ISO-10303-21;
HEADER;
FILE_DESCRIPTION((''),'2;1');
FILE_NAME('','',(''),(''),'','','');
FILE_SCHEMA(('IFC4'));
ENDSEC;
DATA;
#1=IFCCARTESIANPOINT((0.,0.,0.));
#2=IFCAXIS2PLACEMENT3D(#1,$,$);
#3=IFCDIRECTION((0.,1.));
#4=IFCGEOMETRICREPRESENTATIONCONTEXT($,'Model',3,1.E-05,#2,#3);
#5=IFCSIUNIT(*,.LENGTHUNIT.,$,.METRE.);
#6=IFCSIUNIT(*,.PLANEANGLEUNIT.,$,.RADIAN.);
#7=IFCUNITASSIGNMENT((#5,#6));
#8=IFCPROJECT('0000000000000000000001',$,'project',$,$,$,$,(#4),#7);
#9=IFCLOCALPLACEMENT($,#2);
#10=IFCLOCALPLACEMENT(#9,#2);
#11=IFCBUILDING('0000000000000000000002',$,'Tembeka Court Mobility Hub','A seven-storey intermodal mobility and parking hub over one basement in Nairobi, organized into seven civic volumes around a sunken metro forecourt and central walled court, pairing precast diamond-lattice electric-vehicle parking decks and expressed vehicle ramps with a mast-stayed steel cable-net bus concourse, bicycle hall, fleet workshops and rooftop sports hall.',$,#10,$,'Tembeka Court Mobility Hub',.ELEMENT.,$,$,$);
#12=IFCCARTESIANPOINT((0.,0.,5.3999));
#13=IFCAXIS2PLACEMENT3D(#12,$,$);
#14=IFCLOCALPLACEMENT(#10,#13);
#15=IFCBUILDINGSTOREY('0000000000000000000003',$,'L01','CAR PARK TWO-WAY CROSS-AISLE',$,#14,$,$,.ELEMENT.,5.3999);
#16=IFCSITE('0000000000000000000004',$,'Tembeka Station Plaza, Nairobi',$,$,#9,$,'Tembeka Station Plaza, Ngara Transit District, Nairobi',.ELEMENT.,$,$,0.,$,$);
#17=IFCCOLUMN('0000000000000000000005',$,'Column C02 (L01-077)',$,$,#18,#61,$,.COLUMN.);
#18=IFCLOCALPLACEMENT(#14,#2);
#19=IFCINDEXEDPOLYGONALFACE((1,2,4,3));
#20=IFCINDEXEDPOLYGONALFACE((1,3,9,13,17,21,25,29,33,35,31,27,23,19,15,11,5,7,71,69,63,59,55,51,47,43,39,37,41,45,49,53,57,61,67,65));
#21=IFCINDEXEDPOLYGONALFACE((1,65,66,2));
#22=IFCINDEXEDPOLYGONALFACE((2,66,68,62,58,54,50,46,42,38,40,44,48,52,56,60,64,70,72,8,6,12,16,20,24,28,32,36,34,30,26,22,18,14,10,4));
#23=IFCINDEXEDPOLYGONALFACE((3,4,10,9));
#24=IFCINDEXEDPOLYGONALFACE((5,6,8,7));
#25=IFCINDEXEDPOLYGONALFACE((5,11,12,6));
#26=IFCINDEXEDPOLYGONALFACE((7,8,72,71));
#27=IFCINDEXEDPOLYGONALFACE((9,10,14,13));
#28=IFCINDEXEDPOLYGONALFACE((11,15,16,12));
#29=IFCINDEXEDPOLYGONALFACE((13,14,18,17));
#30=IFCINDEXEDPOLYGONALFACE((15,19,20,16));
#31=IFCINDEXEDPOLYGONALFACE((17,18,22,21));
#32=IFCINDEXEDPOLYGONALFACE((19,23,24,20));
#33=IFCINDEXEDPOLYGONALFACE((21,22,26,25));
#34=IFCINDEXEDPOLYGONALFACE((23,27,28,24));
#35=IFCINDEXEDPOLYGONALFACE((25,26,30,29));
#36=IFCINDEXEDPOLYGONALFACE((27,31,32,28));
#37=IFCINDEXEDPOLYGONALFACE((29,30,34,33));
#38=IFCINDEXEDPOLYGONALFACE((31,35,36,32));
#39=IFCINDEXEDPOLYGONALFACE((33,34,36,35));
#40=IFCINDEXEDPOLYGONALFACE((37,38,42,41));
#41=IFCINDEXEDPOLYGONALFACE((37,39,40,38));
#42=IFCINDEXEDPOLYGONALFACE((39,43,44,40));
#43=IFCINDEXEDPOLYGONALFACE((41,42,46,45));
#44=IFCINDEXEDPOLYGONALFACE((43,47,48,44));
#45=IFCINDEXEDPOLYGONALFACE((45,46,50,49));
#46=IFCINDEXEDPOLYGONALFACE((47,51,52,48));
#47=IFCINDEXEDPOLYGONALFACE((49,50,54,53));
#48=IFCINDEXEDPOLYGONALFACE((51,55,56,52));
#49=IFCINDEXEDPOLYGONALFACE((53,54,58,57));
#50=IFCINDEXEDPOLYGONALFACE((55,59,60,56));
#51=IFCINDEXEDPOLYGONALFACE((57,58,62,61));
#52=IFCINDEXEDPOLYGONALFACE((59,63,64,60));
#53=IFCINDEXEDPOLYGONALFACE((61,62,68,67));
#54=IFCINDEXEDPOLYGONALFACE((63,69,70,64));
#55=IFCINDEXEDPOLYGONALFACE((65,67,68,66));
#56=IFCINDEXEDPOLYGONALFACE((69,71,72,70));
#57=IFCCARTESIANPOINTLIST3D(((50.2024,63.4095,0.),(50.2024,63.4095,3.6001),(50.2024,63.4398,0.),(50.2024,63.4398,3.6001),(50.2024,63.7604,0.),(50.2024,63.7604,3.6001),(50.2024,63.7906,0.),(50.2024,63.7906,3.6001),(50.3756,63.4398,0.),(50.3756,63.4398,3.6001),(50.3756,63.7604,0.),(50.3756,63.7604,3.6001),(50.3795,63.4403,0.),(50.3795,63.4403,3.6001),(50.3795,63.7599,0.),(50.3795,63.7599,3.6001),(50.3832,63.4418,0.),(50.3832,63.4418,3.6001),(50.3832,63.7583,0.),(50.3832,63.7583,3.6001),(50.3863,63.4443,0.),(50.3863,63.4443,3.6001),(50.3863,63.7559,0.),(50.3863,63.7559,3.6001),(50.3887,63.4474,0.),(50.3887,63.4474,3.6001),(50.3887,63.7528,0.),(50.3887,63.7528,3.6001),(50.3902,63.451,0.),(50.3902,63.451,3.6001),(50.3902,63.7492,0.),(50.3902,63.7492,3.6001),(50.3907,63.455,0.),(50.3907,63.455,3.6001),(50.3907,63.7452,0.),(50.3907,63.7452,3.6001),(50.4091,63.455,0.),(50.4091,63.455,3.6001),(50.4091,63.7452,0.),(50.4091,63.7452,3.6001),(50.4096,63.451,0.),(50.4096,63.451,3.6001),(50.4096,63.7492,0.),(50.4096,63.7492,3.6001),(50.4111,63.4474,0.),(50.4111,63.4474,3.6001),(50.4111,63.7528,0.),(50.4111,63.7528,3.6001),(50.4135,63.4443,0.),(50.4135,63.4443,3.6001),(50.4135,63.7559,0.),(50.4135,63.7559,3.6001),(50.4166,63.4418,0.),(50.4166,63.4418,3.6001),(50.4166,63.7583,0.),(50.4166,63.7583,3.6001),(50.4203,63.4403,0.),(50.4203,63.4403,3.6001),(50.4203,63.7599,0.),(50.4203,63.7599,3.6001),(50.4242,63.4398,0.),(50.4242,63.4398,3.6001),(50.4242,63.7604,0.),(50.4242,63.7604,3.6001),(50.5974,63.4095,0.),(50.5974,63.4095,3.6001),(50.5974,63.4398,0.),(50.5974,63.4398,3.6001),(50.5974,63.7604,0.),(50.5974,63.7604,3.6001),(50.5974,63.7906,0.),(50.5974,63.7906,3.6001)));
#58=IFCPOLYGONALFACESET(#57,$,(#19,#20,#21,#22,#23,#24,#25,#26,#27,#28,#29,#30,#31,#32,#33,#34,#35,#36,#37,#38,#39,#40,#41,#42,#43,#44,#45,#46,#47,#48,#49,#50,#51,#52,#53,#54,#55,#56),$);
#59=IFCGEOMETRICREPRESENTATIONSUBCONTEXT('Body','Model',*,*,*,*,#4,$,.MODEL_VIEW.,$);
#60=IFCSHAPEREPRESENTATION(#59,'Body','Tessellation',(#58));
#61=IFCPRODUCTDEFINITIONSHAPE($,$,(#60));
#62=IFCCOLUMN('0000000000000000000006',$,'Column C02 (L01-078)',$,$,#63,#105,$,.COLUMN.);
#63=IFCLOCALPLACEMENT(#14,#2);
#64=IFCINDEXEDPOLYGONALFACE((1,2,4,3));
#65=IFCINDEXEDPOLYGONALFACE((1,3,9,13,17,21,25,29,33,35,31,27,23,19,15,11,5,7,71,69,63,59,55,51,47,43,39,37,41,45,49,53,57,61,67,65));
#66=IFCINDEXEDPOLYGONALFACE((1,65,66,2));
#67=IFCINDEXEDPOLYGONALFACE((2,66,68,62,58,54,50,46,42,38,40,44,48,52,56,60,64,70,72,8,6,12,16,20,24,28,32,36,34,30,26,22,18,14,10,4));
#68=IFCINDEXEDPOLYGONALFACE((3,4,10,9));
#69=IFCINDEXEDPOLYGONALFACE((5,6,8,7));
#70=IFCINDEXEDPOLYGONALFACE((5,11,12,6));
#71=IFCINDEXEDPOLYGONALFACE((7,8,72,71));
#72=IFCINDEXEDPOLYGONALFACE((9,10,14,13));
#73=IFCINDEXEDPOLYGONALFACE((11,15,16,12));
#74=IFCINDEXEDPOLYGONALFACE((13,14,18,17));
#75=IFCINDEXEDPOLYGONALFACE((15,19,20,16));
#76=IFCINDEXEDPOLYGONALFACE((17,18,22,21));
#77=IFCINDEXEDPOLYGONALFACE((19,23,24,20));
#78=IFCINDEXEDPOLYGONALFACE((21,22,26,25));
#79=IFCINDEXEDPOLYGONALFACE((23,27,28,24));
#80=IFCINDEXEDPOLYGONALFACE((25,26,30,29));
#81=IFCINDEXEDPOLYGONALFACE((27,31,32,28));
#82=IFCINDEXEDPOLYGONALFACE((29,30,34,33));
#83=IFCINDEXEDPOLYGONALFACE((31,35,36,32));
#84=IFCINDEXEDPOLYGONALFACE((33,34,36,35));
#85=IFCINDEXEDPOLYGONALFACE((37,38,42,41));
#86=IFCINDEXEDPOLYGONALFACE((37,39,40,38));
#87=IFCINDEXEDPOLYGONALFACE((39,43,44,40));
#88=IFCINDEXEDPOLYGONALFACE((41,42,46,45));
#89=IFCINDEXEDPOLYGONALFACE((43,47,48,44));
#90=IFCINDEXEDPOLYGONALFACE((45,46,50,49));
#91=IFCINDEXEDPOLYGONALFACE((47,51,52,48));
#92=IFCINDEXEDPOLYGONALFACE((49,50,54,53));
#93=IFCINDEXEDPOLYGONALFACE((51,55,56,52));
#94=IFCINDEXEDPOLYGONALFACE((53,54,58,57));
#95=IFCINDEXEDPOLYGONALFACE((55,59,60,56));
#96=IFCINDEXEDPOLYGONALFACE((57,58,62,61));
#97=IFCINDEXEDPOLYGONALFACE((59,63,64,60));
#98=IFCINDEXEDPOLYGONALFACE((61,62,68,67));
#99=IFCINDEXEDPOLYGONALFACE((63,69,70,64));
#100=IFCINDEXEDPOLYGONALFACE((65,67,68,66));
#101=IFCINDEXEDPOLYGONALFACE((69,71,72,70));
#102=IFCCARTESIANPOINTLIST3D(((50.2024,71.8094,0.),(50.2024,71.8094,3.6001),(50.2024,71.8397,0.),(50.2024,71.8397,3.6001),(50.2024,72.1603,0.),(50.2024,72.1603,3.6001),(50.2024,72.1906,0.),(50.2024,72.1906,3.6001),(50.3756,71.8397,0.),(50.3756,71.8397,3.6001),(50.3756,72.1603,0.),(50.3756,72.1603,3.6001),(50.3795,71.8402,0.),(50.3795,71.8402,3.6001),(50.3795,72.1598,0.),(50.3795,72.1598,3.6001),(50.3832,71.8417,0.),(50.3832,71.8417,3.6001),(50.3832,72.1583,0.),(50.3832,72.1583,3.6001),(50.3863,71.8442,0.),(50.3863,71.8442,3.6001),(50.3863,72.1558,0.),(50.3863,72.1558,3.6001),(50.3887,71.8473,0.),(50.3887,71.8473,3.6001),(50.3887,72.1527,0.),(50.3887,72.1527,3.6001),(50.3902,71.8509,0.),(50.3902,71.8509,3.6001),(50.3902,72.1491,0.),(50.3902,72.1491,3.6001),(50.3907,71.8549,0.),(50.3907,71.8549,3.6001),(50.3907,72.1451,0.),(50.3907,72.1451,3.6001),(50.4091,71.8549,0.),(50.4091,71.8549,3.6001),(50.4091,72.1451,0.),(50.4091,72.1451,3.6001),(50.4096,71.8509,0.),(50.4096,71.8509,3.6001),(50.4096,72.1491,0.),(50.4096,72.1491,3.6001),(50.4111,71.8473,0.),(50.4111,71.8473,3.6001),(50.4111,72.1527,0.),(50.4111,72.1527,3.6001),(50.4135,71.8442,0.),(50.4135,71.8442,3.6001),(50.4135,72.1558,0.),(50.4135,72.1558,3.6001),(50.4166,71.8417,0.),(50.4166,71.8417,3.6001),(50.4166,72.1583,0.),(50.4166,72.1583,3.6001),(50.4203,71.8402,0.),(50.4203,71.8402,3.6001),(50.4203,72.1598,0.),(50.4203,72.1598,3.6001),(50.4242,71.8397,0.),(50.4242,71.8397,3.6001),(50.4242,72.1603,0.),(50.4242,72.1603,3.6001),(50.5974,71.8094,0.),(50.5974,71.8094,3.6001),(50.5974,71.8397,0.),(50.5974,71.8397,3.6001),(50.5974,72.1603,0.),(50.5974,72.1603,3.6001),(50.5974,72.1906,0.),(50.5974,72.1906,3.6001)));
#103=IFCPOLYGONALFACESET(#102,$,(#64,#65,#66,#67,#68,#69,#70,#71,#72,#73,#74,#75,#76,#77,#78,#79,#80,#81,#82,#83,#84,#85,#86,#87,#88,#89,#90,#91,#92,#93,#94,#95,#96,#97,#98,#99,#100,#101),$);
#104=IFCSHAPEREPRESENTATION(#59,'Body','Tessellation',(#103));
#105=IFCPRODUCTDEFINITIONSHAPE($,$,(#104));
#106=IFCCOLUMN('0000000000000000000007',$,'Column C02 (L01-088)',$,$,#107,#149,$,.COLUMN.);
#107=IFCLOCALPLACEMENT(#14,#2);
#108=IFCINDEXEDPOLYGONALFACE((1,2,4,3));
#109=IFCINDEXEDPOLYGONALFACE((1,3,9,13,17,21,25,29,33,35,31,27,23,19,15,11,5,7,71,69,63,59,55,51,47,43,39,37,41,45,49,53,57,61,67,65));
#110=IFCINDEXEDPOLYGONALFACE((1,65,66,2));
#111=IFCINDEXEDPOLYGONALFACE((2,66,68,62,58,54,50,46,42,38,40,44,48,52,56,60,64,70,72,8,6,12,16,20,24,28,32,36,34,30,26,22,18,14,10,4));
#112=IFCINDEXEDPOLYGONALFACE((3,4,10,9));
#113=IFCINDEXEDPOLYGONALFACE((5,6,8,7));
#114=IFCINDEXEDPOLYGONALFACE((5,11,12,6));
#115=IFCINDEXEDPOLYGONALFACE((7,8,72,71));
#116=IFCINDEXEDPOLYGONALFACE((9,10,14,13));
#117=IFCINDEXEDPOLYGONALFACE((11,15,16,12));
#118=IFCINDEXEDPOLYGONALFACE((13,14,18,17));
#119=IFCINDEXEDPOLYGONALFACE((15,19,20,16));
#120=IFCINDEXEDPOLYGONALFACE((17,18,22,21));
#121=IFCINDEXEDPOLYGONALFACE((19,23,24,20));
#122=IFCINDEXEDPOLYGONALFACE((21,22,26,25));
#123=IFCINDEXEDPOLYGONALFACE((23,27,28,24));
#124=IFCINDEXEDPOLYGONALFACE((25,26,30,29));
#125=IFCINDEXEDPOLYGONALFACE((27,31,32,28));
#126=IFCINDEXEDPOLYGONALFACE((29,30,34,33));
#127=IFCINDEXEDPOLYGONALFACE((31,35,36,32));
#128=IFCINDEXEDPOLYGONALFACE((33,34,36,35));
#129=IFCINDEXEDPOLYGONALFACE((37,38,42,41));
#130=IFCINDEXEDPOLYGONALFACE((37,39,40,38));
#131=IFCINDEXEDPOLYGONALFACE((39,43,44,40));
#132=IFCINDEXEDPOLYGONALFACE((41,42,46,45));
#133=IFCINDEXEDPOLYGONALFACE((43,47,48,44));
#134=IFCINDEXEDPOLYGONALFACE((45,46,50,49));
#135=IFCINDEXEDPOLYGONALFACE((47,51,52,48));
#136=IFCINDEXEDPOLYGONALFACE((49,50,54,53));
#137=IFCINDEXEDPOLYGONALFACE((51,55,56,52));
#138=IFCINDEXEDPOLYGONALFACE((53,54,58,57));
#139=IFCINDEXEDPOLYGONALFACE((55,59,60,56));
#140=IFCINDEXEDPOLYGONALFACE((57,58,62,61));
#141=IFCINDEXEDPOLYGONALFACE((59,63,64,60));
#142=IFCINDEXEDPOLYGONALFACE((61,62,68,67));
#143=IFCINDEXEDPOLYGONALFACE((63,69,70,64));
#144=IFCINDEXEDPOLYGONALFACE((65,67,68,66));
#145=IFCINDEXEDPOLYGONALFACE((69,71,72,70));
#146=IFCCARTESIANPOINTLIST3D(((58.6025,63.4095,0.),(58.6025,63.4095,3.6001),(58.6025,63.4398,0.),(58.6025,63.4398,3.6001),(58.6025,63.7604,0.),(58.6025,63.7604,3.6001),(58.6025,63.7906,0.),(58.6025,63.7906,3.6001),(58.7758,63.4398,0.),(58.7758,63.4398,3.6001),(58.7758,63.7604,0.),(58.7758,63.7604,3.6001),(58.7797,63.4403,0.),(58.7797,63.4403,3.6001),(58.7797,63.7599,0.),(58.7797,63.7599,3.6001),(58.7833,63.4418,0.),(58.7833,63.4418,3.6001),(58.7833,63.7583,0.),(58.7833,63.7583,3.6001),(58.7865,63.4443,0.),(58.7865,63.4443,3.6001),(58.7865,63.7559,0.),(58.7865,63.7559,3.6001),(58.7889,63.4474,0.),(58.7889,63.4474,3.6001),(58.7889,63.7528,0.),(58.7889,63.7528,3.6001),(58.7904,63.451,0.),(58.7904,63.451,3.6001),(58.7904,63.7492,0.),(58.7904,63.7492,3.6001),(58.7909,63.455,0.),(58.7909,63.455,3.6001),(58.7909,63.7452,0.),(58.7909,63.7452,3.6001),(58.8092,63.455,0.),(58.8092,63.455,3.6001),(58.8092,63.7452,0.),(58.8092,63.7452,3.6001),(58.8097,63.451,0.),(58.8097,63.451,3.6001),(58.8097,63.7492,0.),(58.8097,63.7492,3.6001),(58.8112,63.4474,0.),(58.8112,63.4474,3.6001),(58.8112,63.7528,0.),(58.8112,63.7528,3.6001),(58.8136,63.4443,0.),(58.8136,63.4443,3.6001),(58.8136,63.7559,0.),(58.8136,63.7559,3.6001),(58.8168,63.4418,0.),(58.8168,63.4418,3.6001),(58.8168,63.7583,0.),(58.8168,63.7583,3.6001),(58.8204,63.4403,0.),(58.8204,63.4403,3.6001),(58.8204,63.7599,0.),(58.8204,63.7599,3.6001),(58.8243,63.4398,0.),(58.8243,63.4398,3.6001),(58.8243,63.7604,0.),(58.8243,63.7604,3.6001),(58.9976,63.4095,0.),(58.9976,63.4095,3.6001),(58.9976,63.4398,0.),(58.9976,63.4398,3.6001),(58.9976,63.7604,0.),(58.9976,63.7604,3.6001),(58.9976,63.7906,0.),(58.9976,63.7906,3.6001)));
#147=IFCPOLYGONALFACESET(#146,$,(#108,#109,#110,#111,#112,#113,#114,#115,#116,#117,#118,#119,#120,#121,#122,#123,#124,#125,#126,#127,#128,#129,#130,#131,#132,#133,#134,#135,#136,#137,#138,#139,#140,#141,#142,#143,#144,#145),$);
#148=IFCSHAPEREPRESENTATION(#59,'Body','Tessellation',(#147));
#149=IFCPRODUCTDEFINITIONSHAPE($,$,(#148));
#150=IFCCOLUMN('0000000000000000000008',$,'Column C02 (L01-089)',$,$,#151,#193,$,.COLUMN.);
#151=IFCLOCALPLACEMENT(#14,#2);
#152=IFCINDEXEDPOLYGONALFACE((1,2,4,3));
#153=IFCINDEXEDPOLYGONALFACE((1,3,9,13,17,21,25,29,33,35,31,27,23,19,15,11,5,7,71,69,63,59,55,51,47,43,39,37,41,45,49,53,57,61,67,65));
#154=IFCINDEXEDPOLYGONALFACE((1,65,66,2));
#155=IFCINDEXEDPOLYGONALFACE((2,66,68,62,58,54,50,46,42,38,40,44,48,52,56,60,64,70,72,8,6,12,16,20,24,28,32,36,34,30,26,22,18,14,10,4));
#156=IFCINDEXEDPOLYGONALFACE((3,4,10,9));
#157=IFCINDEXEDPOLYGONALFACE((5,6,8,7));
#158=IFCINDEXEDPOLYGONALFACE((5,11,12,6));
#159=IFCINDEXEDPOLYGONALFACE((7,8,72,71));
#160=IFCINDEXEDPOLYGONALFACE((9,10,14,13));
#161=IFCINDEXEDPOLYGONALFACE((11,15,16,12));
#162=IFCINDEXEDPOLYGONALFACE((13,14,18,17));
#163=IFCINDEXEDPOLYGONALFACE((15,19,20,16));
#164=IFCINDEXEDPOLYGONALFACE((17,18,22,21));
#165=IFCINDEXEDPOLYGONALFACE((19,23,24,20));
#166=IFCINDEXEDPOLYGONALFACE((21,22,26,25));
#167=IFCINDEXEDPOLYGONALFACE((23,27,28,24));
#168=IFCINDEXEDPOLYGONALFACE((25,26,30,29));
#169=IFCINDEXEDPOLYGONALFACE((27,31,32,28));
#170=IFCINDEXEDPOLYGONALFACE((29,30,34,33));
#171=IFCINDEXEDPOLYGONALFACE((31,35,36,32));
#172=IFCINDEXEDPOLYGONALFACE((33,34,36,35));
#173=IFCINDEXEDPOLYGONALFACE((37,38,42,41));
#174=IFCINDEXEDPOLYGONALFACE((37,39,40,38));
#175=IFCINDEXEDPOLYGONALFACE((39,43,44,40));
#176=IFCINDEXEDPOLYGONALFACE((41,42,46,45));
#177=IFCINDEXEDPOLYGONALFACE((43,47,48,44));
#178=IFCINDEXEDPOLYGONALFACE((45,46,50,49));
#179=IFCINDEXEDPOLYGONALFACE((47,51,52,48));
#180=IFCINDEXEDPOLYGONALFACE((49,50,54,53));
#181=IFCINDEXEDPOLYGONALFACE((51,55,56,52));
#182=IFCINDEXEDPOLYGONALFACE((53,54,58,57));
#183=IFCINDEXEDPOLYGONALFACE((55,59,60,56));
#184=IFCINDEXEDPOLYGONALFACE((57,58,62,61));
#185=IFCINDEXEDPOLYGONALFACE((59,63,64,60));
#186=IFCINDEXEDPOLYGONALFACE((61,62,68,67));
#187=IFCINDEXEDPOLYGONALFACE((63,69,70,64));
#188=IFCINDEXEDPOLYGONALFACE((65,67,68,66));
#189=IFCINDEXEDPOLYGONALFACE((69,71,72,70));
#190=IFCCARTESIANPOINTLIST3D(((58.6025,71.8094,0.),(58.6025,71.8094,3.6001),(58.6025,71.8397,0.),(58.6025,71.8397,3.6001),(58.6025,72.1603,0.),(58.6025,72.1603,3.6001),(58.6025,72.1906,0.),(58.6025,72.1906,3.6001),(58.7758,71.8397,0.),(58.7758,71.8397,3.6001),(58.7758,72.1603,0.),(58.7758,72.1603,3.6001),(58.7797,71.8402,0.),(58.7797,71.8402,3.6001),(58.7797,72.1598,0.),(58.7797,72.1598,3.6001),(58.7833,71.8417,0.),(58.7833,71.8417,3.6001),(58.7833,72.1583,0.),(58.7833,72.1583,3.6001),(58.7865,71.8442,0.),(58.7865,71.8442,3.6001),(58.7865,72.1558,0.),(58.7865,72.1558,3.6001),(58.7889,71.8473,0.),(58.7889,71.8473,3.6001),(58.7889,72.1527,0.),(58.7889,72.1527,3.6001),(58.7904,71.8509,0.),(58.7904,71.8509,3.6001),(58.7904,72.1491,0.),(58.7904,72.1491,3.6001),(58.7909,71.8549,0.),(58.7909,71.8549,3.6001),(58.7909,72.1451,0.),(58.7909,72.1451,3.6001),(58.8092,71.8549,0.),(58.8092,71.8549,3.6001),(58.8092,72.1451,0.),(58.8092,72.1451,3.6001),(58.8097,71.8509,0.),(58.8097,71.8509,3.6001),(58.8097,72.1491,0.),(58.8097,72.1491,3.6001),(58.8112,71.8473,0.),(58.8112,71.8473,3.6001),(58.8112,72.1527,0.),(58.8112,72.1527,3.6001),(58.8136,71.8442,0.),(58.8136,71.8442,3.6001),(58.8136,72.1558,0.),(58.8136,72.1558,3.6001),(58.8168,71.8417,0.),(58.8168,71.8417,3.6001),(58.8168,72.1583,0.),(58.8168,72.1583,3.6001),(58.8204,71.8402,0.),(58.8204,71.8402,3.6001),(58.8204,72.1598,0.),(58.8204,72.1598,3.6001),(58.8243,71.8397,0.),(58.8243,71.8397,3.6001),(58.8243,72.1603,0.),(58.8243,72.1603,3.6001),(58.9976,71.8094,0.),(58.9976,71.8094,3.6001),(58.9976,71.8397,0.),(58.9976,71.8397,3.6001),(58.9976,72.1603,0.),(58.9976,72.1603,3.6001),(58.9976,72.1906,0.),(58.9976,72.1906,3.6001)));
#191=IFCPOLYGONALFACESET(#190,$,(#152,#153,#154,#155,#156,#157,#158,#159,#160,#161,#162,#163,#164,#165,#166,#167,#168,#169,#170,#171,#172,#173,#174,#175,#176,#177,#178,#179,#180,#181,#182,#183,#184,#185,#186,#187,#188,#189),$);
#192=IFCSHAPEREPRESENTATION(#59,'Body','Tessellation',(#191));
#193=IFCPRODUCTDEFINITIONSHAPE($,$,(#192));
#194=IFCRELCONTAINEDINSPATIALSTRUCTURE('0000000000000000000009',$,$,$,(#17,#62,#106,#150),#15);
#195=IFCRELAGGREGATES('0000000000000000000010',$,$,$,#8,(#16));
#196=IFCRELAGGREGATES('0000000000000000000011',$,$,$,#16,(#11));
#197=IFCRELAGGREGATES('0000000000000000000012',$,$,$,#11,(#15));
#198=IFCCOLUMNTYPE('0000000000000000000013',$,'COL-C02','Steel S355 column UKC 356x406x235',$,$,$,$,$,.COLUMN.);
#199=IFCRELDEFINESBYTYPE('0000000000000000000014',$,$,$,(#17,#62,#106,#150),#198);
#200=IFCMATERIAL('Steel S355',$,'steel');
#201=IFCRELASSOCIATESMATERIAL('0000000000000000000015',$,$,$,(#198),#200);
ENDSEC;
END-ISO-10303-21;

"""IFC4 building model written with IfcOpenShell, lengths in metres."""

from ifc_helpers import new_model, si_unit, direction, frame, origin, origin_2d, place, context, subcontext, project, spatial, i_section, extrude, material, material_profile, profile_set, type_object, element, save


model = new_model("IFC4")

# Units and contexts
model_context = context("Model", 3, precision=1e-05, world=origin(), true_north=direction((0.0, 1.0)))
body_context = subcontext(model_context, "Body", "Model", "MODEL_VIEW")
ifc_project = project(units=[si_unit("LENGTHUNIT", "METRE"), si_unit("PLANEANGLEUNIT", "RADIAN")], contexts=[model_context])

# Site, building, storey
site_placement = place(None, origin())
site = spatial("IfcSite", under=ifc_project, at=site_placement, Name="Tembeka Station Plaza, Nairobi", LongName="Tembeka Station Plaza, Ngara Transit District, Nairobi", CompositionType="ELEMENT", RefElevation=0.0)
building_placement = place(site_placement, origin())
building = spatial("IfcBuilding", under=site, at=building_placement, Name="Tembeka Court Mobility Hub", Description="A seven-storey intermodal mobility and parking hub over one basement in Nairobi, organized into seven civic volumes around a sunken metro forecourt and central walled court, pairing precast diamond-lattice electric-vehicle parking decks and expressed vehicle ramps with a mast-stayed steel cable-net bus concourse, bicycle hall, fleet workshops and rooftop sports hall.", LongName="Tembeka Court Mobility Hub", CompositionType="ELEMENT")
storey_placement = place(building_placement, frame((0.0, 0.0, 5.3999)))
storey = spatial("IfcBuildingStorey", under=building, at=storey_placement, Name="L01", Description="CAR PARK TWO-WAY CROSS-AISLE", CompositionType="ELEMENT", Elevation=5.3999)

# Columns
ifc_material_1 = material(Name="Steel S355", Category="steel")
ifc_material_profile_1 = material_profile(ifc_material_1, i_section(OverallWidth=0.395, OverallDepth=0.3811, WebThickness=0.0183, FlangeThickness=0.0303, FilletRadius=0.0151, at=origin_2d()), Name="UKC 356x406x235")
ifc_profile_set_1 = profile_set([ifc_material_profile_1], Name="Steel S355")
column_type = type_object("IfcColumnType", Name="COL-C02", Description="Steel S355 column UKC 356x406x235", PredefinedType="COLUMN", material=ifc_profile_set_1)
for number, where, z_axis, x_axis, name in (
    (1, (50.3999, 63.6001, 0.0), (0.0, 0.0, 1.0), (1.0, 0.0, 0.0), "Column C02 (L01-077)"),
    (2, (50.3999, 72.0, 0.0), (0.0, 0.0, 1.0), (1.0, 0.0, 0.0), "Column C02 (L01-078)"),
    (3, (58.8, 63.6001, 0.0), (0.0, 0.0, 1.0), (1.0, 0.0, 0.0), "Column C02 (L01-088)"),
    (4, (58.8, 72.0, 0.0), (0.0, 0.0, 1.0), (1.0, 0.0, 0.0), "Column C02 (L01-089)"),
):
    element("IfcColumn", number, at=place(storey_placement, frame(where, z_axis=z_axis, x_axis=x_axis)), inside=storey, type_object=column_type, Name=name, PredefinedType="COLUMN", context=body_context, shape_type="SweptSolid", body=[
        extrude(i_section(OverallWidth=0.395, OverallDepth=0.3811, WebThickness=0.0183, FlangeThickness=0.0303, FilletRadius=0.0151, at=origin_2d()), origin(), (0.0, 0.0, 1.0), 3.6001),
    ])

save(model, "model.ifc")
